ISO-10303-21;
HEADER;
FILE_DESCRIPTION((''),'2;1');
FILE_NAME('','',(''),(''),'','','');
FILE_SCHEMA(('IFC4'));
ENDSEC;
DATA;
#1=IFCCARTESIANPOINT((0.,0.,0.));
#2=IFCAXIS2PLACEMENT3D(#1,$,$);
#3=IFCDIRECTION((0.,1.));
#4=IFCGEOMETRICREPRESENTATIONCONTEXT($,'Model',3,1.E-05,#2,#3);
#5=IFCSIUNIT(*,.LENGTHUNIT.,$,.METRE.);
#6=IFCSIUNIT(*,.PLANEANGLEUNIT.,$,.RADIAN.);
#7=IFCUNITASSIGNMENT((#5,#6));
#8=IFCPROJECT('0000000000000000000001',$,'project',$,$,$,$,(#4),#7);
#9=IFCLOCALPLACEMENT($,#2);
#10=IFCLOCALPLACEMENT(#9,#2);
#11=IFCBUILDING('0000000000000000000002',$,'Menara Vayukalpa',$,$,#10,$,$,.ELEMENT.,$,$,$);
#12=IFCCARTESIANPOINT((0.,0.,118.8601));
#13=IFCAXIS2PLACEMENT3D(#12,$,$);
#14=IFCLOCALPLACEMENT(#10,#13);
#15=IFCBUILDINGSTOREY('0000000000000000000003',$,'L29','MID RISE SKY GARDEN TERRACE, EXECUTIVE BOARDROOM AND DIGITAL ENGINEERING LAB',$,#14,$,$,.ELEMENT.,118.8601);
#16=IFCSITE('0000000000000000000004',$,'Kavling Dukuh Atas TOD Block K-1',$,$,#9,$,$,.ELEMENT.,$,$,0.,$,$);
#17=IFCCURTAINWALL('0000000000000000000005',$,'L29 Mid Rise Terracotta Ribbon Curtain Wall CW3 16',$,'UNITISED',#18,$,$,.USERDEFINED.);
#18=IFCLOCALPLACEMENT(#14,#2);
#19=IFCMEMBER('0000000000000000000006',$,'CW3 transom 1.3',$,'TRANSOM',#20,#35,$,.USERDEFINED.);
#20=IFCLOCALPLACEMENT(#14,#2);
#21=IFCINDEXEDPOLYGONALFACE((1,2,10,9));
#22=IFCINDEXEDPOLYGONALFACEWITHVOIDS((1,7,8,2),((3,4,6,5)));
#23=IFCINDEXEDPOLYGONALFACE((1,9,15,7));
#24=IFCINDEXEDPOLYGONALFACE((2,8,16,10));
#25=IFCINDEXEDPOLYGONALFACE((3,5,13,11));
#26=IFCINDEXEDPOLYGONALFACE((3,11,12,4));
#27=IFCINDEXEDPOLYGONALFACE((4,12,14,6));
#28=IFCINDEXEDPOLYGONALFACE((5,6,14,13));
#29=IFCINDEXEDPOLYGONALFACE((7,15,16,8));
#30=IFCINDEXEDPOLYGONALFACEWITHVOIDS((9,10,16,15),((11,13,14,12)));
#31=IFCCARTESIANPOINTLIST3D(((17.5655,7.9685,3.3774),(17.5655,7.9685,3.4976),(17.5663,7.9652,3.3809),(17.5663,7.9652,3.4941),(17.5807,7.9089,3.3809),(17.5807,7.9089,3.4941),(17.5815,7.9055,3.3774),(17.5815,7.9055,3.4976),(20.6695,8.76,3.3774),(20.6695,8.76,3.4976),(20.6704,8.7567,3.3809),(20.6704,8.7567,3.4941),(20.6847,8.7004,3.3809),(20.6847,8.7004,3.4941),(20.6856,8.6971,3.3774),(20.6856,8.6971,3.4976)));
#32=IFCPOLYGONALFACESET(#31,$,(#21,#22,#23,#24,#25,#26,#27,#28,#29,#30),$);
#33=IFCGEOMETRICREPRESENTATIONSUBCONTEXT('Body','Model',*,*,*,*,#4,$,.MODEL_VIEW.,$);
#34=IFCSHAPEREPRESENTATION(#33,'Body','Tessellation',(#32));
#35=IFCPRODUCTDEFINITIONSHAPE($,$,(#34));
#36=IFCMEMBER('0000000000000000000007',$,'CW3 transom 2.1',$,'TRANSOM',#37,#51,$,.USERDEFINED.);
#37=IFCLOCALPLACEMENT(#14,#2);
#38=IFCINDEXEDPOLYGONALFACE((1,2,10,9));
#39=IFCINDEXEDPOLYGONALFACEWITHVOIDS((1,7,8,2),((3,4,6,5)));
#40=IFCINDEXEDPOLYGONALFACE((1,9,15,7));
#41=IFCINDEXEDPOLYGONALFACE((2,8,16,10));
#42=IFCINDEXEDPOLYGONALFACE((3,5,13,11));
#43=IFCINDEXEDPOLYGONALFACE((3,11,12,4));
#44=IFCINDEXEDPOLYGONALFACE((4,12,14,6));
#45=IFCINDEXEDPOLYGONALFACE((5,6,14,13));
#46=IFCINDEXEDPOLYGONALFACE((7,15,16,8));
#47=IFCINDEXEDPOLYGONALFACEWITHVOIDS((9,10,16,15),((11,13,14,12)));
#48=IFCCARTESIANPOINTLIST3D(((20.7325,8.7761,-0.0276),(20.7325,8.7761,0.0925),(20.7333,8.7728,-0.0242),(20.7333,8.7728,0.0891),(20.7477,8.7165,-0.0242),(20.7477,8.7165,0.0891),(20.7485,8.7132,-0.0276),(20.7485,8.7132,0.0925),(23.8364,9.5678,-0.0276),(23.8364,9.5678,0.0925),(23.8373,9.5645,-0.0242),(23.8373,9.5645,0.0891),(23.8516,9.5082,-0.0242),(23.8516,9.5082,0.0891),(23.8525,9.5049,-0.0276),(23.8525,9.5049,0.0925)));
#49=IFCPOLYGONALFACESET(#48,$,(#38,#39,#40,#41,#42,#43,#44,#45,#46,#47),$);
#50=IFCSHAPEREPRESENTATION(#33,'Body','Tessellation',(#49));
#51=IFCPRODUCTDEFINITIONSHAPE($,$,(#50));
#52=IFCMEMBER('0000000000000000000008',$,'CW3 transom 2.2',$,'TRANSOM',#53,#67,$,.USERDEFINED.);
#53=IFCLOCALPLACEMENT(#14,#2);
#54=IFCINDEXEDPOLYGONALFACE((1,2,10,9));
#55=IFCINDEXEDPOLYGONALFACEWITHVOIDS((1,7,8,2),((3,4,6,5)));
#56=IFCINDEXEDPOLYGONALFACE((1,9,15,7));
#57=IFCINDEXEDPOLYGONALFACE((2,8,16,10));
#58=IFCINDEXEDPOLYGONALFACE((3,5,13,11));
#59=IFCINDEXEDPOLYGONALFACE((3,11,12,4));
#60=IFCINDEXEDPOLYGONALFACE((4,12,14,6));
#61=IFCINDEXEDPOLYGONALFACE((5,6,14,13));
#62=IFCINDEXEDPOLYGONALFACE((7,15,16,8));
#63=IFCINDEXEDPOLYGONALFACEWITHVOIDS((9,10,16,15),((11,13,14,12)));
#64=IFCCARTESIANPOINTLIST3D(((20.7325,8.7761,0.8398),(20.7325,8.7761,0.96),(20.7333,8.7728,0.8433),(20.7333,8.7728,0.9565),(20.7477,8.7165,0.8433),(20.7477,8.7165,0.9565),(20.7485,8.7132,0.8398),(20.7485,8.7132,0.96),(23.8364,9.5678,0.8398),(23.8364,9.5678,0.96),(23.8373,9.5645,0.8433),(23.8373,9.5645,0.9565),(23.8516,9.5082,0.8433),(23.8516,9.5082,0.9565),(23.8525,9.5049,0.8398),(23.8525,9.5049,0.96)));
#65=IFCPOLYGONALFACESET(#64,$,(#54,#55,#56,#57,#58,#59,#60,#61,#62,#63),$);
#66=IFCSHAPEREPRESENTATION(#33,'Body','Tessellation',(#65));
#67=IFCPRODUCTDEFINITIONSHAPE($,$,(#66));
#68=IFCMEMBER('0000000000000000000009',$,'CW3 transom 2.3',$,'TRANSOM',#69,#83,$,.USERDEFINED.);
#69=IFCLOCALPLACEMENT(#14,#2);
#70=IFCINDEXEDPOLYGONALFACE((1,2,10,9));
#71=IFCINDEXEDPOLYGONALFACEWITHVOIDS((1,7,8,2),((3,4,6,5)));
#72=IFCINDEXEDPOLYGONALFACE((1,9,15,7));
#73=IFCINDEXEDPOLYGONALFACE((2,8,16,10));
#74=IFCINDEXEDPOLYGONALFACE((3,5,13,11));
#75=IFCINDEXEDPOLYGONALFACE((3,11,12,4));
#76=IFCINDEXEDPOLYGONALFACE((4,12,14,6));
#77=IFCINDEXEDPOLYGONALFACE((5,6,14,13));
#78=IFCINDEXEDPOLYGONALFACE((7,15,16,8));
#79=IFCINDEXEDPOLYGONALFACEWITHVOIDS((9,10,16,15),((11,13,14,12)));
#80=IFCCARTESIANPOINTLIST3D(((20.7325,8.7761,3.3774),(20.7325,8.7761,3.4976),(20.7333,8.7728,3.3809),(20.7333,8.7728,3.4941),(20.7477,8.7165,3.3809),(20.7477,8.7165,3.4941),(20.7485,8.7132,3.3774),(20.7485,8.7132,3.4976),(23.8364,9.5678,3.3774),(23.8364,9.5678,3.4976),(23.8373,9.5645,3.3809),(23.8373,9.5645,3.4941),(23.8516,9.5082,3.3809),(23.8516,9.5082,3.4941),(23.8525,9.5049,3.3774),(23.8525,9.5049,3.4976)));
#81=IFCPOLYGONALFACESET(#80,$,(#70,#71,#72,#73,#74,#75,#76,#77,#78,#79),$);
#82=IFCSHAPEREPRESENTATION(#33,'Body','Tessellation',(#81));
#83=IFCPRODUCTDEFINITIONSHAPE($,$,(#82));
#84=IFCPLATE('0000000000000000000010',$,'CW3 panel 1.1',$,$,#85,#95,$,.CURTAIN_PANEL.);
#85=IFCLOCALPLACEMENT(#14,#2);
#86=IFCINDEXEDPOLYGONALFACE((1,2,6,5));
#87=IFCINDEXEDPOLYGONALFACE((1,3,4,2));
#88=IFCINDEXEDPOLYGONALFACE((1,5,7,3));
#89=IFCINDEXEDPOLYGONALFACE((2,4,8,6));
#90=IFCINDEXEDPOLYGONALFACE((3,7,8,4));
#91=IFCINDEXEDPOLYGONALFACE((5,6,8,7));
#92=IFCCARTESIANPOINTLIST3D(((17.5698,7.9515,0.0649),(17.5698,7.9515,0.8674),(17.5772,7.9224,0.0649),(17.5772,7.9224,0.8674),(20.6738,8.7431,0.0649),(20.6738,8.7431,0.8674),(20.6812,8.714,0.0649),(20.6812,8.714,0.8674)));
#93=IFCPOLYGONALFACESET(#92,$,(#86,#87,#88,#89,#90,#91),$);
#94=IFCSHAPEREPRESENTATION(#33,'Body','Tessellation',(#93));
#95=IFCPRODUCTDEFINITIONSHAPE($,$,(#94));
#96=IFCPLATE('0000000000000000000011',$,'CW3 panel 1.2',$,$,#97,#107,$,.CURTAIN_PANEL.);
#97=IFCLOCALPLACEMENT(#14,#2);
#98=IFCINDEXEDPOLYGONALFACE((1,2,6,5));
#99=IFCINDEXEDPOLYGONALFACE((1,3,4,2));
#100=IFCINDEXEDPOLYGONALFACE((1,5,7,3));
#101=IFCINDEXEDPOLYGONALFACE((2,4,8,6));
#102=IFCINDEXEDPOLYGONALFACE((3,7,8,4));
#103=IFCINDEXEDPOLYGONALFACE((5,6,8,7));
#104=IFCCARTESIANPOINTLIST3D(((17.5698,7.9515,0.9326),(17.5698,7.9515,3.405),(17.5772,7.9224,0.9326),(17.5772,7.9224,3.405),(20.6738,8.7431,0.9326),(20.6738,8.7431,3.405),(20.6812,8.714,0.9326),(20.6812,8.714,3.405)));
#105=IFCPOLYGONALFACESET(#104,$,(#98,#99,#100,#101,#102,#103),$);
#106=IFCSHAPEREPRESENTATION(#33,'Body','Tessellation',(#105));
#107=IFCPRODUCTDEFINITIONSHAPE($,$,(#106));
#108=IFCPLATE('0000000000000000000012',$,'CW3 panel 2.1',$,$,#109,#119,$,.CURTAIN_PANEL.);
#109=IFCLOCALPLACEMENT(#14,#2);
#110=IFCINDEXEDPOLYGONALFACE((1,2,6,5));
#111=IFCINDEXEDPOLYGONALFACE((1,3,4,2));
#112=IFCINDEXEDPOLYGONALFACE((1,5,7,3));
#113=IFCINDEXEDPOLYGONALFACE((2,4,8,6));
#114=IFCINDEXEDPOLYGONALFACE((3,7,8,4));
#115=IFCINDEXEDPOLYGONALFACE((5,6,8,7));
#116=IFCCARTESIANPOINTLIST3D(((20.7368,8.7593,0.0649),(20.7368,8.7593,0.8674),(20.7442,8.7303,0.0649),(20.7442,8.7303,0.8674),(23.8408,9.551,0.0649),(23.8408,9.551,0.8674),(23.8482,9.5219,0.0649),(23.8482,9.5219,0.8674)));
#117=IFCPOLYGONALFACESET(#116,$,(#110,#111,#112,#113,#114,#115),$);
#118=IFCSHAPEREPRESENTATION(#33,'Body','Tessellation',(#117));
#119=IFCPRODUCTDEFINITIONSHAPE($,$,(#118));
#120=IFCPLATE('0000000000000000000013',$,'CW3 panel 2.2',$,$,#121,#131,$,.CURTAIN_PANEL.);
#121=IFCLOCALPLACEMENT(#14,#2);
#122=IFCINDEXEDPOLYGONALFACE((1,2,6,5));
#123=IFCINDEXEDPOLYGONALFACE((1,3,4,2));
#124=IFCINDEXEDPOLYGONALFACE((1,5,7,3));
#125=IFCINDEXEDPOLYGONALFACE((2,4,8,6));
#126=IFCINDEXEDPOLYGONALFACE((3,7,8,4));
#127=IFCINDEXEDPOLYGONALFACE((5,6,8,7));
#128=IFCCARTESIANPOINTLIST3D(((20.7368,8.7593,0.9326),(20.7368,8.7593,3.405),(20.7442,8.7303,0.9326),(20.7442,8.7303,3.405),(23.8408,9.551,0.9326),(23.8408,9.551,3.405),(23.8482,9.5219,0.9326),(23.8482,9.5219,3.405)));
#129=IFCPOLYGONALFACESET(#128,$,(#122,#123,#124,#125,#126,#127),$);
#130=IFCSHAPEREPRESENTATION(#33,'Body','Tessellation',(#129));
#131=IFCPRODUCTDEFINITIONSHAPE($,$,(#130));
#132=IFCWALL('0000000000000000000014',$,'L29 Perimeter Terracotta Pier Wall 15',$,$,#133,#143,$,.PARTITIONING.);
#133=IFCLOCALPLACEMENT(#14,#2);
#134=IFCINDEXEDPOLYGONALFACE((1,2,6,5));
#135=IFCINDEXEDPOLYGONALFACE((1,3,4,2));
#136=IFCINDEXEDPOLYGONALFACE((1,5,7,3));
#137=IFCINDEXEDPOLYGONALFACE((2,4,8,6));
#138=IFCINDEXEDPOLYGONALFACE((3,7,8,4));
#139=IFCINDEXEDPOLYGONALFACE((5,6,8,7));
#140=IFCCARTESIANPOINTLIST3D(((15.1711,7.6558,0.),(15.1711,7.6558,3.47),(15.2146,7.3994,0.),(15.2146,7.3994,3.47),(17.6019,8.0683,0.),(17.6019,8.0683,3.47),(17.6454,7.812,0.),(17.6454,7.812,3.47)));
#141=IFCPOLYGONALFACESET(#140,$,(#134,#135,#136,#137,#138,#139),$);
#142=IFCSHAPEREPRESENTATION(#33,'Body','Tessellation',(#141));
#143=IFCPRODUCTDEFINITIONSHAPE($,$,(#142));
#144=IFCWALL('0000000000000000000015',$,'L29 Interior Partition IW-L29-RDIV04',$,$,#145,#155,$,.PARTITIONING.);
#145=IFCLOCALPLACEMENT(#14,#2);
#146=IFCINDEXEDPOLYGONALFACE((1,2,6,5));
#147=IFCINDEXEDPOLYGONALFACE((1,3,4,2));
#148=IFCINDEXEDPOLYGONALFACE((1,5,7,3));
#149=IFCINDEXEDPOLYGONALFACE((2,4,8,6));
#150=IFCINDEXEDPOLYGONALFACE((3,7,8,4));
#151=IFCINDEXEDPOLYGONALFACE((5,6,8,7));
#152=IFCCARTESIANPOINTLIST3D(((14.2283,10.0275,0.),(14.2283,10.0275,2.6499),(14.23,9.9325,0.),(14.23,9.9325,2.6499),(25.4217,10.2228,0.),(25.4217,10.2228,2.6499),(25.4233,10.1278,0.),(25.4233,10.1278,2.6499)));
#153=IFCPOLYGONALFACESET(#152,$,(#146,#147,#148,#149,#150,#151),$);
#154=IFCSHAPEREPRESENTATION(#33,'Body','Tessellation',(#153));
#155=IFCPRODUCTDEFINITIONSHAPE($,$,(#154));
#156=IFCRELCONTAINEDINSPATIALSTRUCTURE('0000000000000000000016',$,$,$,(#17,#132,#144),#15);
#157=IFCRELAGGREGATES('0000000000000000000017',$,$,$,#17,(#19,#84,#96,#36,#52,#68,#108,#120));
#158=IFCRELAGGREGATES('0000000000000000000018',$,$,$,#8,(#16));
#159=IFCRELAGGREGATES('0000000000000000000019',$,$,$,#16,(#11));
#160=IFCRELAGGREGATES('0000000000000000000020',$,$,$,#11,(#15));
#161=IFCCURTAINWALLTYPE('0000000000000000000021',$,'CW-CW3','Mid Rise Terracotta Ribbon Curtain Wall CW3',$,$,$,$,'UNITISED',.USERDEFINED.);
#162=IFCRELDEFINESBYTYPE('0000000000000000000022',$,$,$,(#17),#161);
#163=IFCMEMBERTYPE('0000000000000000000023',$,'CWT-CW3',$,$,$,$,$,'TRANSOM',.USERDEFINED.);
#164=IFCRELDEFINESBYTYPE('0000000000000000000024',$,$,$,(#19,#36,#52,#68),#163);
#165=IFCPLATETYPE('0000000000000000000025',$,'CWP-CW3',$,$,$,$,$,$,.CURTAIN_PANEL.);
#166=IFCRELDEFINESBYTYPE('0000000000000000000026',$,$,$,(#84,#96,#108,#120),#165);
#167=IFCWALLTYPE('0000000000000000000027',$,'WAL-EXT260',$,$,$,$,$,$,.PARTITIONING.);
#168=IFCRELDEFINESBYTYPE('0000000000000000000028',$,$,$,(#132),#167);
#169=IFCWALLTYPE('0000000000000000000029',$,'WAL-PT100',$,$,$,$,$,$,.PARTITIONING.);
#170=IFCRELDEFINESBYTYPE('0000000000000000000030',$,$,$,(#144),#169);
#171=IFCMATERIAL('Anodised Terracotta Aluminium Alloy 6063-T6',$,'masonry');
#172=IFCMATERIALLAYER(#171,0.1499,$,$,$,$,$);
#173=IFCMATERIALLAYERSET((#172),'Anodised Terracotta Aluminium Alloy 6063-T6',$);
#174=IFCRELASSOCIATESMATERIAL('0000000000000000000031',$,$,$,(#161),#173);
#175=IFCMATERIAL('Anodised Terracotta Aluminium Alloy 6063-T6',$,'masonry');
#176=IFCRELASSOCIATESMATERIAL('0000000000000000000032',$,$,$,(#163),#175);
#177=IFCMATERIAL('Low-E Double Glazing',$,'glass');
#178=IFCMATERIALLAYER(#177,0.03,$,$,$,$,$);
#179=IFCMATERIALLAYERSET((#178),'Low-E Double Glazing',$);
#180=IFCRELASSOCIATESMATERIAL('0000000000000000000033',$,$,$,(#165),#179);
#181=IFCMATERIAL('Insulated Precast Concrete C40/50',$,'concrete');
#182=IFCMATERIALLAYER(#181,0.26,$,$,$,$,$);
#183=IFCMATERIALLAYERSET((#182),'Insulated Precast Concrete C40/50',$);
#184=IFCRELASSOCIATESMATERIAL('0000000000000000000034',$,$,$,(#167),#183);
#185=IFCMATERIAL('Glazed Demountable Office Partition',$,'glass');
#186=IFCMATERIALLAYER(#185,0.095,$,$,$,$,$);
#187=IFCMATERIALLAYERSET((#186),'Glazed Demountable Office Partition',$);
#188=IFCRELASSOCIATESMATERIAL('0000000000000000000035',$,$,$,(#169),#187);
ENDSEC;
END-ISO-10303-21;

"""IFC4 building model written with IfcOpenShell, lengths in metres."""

from ifc_helpers import new_model, si_unit, direction, frame, frame_2d, origin, origin_2d, place, context, subcontext, project, spatial, rectangle, hollow_rectangle, extrude, material, layer, layer_set, material_profile, profile_set, type_object, element, aggregate, save


model = new_model("IFC4")

# Units and contexts
model_context = context("Model", 3, precision=1e-05, world=origin(), true_north=direction((0.0, 1.0)))
body_context = subcontext(model_context, "Body", "Model", "MODEL_VIEW")
ifc_project = project(units=[si_unit("LENGTHUNIT", "METRE"), si_unit("PLANEANGLEUNIT", "RADIAN")], contexts=[model_context])

# Site, building, storey
site_placement = place(None, origin())
site = spatial("IfcSite", under=ifc_project, at=site_placement, Name="Kavling Dukuh Atas TOD Block K-1", CompositionType="ELEMENT", RefElevation=0.0)
building_placement = place(site_placement, origin())
building = spatial("IfcBuilding", under=site, at=building_placement, Name="Menara Vayukalpa", CompositionType="ELEMENT")
storey_placement = place(building_placement, frame((0.0, 0.0, 118.8601)))
storey = spatial("IfcBuildingStorey", under=building, at=storey_placement, Name="L29", Description="MID RISE SKY GARDEN TERRACE, EXECUTIVE BOARDROOM AND DIGITAL ENGINEERING LAB", CompositionType="ELEMENT", Elevation=118.8601)

# Curtain wall, members, plates
ifc_material_1 = material(Name="Anodised Terracotta Aluminium Alloy 6063-T6", Category="masonry")
ifc_layer_1 = layer(ifc_material_1, 0.1499)
ifc_layer_set_1 = layer_set([ifc_layer_1], Name="Anodised Terracotta Aluminium Alloy 6063-T6")
curtain_wall_type = type_object("IfcCurtainWallType", Name="CW-CW3", Description="Mid Rise Terracotta Ribbon Curtain Wall CW3", ElementType="UNITISED", PredefinedType="USERDEFINED", material=ifc_layer_set_1)
curtain_wall_placement = place(storey_placement, origin())
curtain_wall = element("IfcCurtainWall", 1, at=curtain_wall_placement, inside=storey, type_object=curtain_wall_type, Name="L29 Mid Rise Terracotta Ribbon Curtain Wall CW3 16", ObjectType="UNITISED", PredefinedType="USERDEFINED")
ifc_material_2 = material(Name="Anodised Terracotta Aluminium Alloy 6063-T6", Category="masonry")
ifc_material_profile_1 = material_profile(ifc_material_2, hollow_rectangle(XDim=0.0649, YDim=0.1201, WallThickness=0.0034, at=origin_2d()), Name="ALU 65x120x3.5")
ifc_profile_set_1 = profile_set([ifc_material_profile_1], Name="Anodised Terracotta Aluminium Alloy 6063-T6")
member_type_1 = type_object("IfcMemberType", Name="CWT-CW3", ElementType="TRANSOM", PredefinedType="USERDEFINED", material=ifc_profile_set_1)
member_1_placement = place(storey_placement, frame((17.5735, 7.937, 3.4375), z_axis=(0.968993, 0.247088, 0.0), x_axis=(-0.247088, 0.968993, 0.0)))
member_1 = element("IfcMember", 2, at=member_1_placement, type_object=member_type_1, Name="CW3 transom 1.3", ObjectType="TRANSOM", PredefinedType="USERDEFINED", context=body_context, shape_type="SweptSolid", body=[
    extrude(hollow_rectangle(XDim=0.0649, YDim=0.1201, WallThickness=0.0034, at=origin_2d()), origin(), (0.0, 0.0, 1.0), 3.2034),
])
member_2_placement = place(storey_placement, frame((20.7405, 8.7446, 0.0325), z_axis=(0.968975, 0.247159, 0.0), x_axis=(-0.247159, 0.968975, 0.0)))
member_2 = element("IfcMember", 3, at=member_2_placement, type_object=member_type_1, Name="CW3 transom 2.1", ObjectType="TRANSOM", PredefinedType="USERDEFINED", context=body_context, shape_type="SweptSolid", body=[
    extrude(hollow_rectangle(XDim=0.0649, YDim=0.1201, WallThickness=0.0034, at=origin_2d()), origin(), (0.0, 0.0, 1.0), 3.2034),
])
member_3_placement = place(storey_placement, frame((20.7405, 8.7446, 0.8999), z_axis=(0.968975, 0.247159, 0.0), x_axis=(-0.247159, 0.968975, 0.0)))
member_3 = element("IfcMember", 4, at=member_3_placement, type_object=member_type_1, Name="CW3 transom 2.2", ObjectType="TRANSOM", PredefinedType="USERDEFINED", context=body_context, shape_type="SweptSolid", body=[
    extrude(hollow_rectangle(XDim=0.0649, YDim=0.1201, WallThickness=0.0034, at=origin_2d()), origin(), (0.0, 0.0, 1.0), 3.2034),
])
member_4_placement = place(storey_placement, frame((20.7405, 8.7446, 3.4375), z_axis=(0.968975, 0.247159, 0.0), x_axis=(-0.247159, 0.968975, 0.0)))
member_4 = element("IfcMember", 5, at=member_4_placement, type_object=member_type_1, Name="CW3 transom 2.3", ObjectType="TRANSOM", PredefinedType="USERDEFINED", context=body_context, shape_type="SweptSolid", body=[
    extrude(hollow_rectangle(XDim=0.0649, YDim=0.1201, WallThickness=0.0034, at=origin_2d()), origin(), (0.0, 0.0, 1.0), 3.2034),
])
ifc_material_3 = material(Name="Low-E Double Glazing", Category="glass")
ifc_layer_2 = layer(ifc_material_3, 0.03)
ifc_layer_set_2 = layer_set([ifc_layer_2], Name="Low-E Double Glazing")
plate_type = type_object("IfcPlateType", Name="CWP-CW3", PredefinedType="CURTAIN_PANEL", material=ifc_layer_set_2)
plate_1_placement = place(storey_placement, frame((19.1255, 8.3328, 0.0649), z_axis=(0.0, 0.0, 1.0), x_axis=(0.968982, 0.247131, 0.0)))
plate_1 = element("IfcPlate", 6, at=plate_1_placement, type_object=plate_type, Name="CW3 panel 1.1", PredefinedType="CURTAIN_PANEL", context=body_context, shape_type="SweptSolid", body=[
    extrude(rectangle(XDim=3.2034, YDim=0.03, at=origin_2d()), origin(), (0.0, 0.0, 1.0), 0.8025),
])
plate_2_placement = place(storey_placement, frame((19.1255, 8.3328, 0.9326), z_axis=(0.0, 0.0, 1.0), x_axis=(0.968982, 0.247131, 0.0)))
plate_2 = element("IfcPlate", 7, at=plate_2_placement, type_object=plate_type, Name="CW3 panel 1.2", PredefinedType="CURTAIN_PANEL", context=body_context, shape_type="SweptSolid", body=[
    extrude(rectangle(XDim=3.2034, YDim=0.03, at=origin_2d()), origin(), (0.0, 0.0, 1.0), 2.4724),
])
plate_3_placement = place(storey_placement, frame((22.2925, 9.1406, 0.0649), z_axis=(0.0, 0.0, 1.0), x_axis=(0.968982, 0.247131, 0.0)))
plate_3 = element("IfcPlate", 8, at=plate_3_placement, type_object=plate_type, Name="CW3 panel 2.1", PredefinedType="CURTAIN_PANEL", context=body_context, shape_type="SweptSolid", body=[
    extrude(rectangle(XDim=3.2034, YDim=0.03, at=origin_2d()), origin(), (0.0, 0.0, 1.0), 0.8025),
])
plate_4_placement = place(storey_placement, frame((22.2925, 9.1406, 0.9326), z_axis=(0.0, 0.0, 1.0), x_axis=(0.968982, 0.247131, 0.0)))
plate_4 = element("IfcPlate", 9, at=plate_4_placement, type_object=plate_type, Name="CW3 panel 2.2", PredefinedType="CURTAIN_PANEL", context=body_context, shape_type="SweptSolid", body=[
    extrude(rectangle(XDim=3.2034, YDim=0.03, at=origin_2d()), origin(), (0.0, 0.0, 1.0), 2.4724),
])
aggregate(curtain_wall, [member_1, plate_1, plate_2, member_2, member_3, member_4, plate_3, plate_4])

# Walls
ifc_material_4 = material(Name="Insulated Precast Concrete C40/50", Category="concrete")
ifc_layer_3 = layer(ifc_material_4, 0.26)
ifc_layer_set_3 = layer_set([ifc_layer_3], Name="Insulated Precast Concrete C40/50")
wall_type_1 = type_object("IfcWallType", Name="WAL-EXT260", PredefinedType="PARTITIONING", material=ifc_layer_set_3)
wall_1_placement = place(storey_placement, frame((17.6238, 7.9402, 0.0), z_axis=(0.0, 0.0, 1.0), x_axis=(-0.9859, -0.167337, 0.0)))
element("IfcWall", 10, at=wall_1_placement, inside=storey, type_object=wall_type_1, Name="L29 Perimeter Terracotta Pier Wall 15", PredefinedType="PARTITIONING", context=body_context, shape_type="SweptSolid", body=[
    extrude(rectangle(XDim=2.4656, YDim=0.26, at=frame_2d((1.2329, 0.0))), origin(), (0.0, 0.0, 1.0), 3.47),
])
ifc_material_5 = material(Name="Glazed Demountable Office Partition", Category="glass")
ifc_layer_4 = layer(ifc_material_5, 0.095)
ifc_layer_set_4 = layer_set([ifc_layer_4], Name="Glazed Demountable Office Partition")
wall_type_2 = type_object("IfcWallType", Name="WAL-PT100", PredefinedType="PARTITIONING", material=ifc_layer_set_4)
wall_2_placement = place(storey_placement, frame((14.229, 9.98, 0.0), z_axis=(0.0, 0.0, 1.0), x_axis=(0.999848, 0.017446, 0.0)))
element("IfcWall", 11, at=wall_2_placement, inside=storey, type_object=wall_type_2, Name="L29 Interior Partition IW-L29-RDIV04", PredefinedType="PARTITIONING", context=body_context, shape_type="SweptSolid", body=[
    extrude(rectangle(XDim=11.1951, YDim=0.095, at=frame_2d((5.5977, 0.0))), origin(), (0.0, 0.0, 1.0), 2.6499),
])

save(model, "model.ifc")
